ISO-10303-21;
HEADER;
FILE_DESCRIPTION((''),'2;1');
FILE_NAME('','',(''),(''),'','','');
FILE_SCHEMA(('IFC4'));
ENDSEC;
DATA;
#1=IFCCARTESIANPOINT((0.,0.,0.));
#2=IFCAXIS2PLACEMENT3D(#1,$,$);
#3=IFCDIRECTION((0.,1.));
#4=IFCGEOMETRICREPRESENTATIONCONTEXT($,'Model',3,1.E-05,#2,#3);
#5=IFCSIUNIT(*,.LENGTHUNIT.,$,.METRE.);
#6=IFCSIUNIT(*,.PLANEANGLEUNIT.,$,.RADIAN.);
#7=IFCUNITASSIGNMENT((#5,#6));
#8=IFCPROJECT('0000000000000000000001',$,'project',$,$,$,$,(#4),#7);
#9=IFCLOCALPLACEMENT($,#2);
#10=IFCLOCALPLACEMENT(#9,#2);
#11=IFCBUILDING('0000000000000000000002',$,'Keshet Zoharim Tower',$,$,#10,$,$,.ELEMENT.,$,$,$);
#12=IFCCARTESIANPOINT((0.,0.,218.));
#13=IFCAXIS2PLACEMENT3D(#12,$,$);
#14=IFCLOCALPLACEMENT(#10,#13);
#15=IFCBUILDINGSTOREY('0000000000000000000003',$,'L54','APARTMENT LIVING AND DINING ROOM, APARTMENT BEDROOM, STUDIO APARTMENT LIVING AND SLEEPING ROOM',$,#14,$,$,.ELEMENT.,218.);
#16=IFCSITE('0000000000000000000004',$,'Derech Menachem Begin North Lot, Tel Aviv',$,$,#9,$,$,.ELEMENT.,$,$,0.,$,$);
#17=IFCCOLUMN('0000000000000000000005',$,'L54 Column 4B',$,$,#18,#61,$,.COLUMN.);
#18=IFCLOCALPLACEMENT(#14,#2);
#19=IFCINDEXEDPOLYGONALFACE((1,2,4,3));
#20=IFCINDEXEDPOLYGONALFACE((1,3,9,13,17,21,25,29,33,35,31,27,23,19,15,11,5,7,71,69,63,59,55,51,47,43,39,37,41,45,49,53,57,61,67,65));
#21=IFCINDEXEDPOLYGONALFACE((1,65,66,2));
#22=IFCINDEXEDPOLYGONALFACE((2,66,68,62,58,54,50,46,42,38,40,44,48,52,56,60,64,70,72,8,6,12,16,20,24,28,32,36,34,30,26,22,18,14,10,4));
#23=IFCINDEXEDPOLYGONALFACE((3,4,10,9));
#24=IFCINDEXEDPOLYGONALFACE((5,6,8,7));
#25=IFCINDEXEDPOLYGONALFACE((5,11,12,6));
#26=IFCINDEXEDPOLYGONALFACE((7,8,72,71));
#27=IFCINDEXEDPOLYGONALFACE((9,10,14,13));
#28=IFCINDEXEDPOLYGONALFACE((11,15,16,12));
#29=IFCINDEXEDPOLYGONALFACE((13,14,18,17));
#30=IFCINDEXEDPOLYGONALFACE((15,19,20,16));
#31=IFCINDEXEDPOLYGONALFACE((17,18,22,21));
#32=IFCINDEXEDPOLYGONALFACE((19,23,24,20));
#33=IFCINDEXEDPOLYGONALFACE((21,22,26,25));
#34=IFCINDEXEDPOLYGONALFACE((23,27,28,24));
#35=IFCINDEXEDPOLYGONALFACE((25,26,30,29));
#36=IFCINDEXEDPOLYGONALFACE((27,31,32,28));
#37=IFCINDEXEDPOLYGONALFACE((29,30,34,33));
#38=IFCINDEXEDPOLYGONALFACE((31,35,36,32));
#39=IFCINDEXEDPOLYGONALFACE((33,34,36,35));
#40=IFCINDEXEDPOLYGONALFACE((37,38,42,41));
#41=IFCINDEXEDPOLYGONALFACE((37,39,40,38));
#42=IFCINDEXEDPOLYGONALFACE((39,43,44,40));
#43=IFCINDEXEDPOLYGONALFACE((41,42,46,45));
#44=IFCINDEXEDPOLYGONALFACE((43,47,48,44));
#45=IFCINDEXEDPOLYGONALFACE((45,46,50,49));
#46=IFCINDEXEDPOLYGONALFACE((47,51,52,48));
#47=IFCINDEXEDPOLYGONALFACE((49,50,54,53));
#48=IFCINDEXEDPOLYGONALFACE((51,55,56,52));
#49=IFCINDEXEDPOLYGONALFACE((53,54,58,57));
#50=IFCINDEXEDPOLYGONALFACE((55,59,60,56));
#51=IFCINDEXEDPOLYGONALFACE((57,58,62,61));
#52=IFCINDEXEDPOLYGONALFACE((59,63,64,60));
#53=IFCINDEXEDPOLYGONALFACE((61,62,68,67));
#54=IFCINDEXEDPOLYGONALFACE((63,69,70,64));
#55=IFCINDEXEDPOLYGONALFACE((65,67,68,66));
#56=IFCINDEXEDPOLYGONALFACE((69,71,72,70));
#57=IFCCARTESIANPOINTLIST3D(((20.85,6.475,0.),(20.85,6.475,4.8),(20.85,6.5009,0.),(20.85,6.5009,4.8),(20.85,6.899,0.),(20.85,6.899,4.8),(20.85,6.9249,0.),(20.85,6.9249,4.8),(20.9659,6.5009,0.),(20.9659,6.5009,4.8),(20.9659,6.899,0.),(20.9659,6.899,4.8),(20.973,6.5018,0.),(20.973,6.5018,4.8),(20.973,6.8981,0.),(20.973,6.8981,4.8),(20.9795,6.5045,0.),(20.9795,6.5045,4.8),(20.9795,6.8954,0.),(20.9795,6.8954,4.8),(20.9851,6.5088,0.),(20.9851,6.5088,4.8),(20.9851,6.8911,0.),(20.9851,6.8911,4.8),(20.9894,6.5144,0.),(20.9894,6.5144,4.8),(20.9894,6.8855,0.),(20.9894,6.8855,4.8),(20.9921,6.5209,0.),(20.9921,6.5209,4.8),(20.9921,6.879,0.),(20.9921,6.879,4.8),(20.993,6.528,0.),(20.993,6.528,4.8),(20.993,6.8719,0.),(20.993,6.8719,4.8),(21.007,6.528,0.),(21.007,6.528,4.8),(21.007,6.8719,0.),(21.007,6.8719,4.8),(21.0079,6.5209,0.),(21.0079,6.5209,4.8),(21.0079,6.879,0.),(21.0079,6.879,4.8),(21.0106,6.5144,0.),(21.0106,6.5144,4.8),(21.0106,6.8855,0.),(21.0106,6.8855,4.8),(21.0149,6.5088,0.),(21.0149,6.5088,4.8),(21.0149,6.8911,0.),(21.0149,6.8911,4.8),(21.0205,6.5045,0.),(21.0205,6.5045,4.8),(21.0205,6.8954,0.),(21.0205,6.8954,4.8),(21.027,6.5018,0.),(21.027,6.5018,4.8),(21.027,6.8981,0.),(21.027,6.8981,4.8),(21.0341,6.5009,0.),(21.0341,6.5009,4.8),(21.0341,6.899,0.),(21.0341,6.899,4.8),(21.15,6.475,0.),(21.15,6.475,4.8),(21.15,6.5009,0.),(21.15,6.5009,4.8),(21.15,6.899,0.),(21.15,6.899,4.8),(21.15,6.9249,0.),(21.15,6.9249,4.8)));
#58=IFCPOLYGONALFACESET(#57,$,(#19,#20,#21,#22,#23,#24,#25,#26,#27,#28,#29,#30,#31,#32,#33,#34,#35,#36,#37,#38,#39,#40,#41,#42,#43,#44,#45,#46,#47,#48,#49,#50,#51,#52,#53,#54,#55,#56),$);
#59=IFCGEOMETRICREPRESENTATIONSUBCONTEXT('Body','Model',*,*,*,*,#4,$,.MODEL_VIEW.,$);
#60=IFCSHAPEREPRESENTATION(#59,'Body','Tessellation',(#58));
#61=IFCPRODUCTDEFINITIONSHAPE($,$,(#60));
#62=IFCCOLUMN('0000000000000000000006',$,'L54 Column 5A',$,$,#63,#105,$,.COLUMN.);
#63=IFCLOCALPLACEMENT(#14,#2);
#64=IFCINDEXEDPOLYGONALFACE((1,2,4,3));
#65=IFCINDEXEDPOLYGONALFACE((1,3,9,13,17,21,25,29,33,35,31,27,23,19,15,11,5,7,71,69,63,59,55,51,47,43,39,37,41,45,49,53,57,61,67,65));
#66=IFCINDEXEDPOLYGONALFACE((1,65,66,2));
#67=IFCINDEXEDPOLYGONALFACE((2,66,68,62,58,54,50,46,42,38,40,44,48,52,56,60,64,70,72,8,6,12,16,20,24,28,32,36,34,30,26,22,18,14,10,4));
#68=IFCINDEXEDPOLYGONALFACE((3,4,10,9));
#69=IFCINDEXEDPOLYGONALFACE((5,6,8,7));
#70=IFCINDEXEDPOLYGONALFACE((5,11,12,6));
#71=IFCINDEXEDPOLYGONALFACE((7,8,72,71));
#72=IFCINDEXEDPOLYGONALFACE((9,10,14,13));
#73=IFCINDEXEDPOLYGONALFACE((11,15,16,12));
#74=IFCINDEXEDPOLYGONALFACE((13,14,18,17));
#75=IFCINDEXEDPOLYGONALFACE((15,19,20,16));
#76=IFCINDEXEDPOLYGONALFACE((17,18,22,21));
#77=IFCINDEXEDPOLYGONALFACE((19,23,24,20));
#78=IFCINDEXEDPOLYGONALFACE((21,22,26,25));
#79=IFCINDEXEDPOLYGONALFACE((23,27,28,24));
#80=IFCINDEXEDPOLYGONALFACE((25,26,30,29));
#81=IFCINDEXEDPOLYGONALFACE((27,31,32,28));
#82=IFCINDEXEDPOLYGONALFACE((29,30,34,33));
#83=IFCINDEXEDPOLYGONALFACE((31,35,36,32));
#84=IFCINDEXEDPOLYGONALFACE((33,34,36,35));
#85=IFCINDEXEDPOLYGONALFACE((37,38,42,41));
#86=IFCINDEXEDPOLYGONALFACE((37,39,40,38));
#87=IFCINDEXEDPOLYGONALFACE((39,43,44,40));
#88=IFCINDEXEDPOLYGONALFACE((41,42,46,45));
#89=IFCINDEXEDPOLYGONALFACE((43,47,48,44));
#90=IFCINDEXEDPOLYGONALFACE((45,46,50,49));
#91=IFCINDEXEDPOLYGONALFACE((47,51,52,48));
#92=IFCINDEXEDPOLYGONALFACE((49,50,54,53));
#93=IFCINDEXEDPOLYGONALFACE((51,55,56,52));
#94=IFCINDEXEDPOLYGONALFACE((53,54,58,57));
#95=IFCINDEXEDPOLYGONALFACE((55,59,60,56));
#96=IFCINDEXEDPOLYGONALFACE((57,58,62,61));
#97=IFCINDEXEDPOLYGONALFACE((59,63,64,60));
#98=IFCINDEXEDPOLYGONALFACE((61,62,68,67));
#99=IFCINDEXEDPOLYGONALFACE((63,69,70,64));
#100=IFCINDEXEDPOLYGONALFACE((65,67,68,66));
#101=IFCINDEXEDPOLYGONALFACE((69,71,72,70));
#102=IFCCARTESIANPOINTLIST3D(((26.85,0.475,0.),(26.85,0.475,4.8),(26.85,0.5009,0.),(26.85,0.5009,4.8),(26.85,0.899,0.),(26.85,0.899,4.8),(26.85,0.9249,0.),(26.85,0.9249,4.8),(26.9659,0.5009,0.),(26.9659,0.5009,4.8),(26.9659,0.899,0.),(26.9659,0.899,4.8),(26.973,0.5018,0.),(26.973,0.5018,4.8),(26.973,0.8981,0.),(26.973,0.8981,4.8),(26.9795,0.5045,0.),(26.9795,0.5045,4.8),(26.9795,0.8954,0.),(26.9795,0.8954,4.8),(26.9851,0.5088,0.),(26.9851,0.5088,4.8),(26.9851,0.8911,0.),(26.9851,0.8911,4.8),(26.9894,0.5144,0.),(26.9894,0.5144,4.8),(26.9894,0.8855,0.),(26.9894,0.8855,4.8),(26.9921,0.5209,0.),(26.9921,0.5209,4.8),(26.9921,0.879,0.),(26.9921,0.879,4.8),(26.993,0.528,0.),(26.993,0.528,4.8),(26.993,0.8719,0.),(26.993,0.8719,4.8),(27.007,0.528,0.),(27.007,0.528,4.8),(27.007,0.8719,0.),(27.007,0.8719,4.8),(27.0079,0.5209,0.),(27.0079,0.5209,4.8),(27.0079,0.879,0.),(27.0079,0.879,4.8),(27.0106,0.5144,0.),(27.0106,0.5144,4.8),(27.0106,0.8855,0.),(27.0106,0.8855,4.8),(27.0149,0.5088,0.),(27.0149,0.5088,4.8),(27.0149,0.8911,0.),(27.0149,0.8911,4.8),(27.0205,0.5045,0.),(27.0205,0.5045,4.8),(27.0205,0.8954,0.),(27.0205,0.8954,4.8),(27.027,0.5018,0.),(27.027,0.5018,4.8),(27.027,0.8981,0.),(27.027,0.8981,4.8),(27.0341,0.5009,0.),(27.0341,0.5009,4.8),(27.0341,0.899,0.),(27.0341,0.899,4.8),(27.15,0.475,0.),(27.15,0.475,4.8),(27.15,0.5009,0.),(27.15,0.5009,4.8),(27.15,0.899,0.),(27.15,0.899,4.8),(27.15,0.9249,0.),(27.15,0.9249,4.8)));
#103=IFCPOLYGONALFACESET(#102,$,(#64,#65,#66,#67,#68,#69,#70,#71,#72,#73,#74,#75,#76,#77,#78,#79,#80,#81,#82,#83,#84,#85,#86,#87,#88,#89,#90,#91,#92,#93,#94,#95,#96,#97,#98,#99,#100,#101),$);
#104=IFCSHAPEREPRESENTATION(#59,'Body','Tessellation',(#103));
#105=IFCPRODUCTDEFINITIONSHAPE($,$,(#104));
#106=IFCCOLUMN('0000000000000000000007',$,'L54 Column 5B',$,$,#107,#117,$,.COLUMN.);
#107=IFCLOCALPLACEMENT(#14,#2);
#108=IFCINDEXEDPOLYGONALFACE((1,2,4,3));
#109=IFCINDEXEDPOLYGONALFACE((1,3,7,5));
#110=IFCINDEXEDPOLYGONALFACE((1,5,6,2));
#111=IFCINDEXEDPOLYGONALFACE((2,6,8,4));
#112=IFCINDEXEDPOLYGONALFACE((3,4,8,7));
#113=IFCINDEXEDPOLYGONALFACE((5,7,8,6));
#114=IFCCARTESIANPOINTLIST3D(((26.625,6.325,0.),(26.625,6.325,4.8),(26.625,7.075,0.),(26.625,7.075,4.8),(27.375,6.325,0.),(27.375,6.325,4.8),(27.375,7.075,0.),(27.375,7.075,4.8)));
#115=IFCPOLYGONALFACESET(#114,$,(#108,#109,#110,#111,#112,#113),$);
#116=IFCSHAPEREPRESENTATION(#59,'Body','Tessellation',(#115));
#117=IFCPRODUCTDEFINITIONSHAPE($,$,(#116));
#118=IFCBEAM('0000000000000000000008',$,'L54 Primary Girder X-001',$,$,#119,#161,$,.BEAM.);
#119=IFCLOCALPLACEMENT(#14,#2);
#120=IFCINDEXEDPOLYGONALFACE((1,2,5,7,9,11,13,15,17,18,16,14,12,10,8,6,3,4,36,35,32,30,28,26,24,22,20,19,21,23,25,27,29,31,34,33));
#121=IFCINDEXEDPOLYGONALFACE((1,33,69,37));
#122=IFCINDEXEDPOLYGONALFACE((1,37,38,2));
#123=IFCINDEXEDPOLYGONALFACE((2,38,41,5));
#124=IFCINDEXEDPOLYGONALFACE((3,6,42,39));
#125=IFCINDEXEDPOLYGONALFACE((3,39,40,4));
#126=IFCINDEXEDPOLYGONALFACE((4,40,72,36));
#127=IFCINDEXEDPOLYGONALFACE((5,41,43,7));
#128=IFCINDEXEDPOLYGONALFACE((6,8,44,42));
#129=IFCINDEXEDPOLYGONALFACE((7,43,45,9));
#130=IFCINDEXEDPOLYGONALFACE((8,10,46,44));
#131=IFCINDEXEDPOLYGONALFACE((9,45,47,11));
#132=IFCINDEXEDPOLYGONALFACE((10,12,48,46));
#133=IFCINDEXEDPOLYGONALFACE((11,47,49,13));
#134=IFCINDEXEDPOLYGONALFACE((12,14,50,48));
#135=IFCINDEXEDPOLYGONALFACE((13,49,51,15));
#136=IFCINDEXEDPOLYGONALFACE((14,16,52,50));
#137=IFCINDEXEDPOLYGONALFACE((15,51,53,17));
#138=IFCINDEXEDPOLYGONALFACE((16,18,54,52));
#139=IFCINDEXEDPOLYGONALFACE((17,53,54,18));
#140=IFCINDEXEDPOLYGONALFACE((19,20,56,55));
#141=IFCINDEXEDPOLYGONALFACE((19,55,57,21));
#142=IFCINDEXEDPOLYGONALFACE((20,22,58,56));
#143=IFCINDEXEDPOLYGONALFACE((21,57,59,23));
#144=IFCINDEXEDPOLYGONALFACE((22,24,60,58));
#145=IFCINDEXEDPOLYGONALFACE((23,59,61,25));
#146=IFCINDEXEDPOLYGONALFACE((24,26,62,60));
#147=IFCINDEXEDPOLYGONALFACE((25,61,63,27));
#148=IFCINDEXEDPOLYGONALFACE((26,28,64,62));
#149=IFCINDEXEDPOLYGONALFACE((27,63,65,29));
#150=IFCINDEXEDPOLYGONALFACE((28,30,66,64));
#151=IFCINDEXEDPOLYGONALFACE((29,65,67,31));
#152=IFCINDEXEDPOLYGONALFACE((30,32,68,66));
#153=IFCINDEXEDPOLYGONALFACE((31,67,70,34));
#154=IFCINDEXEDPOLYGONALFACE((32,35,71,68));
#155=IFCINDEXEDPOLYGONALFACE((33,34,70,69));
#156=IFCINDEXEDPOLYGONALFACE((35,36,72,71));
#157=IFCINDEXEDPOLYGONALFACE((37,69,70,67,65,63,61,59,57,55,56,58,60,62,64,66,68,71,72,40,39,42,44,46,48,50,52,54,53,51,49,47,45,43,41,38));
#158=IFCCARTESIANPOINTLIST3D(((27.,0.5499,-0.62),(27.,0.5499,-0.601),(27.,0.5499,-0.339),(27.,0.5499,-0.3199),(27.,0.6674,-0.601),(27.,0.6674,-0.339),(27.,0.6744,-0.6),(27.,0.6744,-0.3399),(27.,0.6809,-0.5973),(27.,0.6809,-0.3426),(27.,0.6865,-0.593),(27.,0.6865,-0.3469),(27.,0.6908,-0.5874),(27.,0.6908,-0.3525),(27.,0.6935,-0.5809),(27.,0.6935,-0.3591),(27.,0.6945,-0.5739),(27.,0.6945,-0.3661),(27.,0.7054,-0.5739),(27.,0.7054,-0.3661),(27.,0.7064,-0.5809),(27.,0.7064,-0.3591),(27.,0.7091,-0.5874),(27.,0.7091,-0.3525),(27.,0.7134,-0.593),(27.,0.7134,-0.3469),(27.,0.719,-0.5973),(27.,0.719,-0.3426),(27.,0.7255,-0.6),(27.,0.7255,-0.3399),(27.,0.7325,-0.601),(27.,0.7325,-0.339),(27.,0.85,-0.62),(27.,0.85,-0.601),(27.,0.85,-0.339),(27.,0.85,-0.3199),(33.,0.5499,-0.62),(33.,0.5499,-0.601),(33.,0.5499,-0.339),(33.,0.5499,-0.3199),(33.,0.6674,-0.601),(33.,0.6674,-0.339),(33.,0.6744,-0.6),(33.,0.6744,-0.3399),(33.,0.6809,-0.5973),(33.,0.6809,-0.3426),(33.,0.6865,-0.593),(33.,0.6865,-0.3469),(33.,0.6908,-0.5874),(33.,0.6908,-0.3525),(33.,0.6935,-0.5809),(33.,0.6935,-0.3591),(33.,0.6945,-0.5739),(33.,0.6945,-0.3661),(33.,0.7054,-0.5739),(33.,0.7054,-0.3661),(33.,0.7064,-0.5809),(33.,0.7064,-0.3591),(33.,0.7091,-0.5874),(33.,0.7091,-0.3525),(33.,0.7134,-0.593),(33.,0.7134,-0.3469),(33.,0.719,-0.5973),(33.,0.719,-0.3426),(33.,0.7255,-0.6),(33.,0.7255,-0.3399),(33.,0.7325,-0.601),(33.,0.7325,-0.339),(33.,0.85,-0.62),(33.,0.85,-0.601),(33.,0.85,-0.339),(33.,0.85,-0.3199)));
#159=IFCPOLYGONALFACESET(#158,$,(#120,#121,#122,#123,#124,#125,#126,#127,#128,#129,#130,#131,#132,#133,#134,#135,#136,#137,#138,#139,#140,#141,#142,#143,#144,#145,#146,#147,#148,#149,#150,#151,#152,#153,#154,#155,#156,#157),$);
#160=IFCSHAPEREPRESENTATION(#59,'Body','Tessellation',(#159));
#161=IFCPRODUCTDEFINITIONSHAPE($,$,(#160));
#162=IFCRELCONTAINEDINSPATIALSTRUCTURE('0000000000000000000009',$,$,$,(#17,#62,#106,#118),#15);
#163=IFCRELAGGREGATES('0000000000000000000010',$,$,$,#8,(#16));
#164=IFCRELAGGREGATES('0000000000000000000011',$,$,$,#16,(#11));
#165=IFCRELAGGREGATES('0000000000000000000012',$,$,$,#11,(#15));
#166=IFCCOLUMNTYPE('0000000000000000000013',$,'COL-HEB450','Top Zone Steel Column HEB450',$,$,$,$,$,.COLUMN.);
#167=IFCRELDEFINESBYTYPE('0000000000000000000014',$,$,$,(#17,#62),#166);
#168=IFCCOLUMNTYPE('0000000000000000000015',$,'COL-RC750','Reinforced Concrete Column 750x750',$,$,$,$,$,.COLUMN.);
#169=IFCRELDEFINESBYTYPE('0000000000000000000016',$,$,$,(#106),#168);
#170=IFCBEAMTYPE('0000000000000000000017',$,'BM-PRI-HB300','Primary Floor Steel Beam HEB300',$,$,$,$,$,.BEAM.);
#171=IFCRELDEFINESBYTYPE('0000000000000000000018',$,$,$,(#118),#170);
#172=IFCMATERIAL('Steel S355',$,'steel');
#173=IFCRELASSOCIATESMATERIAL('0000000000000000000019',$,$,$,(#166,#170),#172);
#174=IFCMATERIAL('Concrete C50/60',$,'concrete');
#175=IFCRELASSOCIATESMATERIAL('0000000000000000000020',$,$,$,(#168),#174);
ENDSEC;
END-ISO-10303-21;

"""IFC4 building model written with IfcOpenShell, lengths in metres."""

from ifc_helpers import new_model, si_unit, direction, frame, origin, origin_2d, place, context, subcontext, project, spatial, rectangle, i_section, extrude, material, material_profile, profile_set, type_object, element, save


model = new_model("IFC4")

# Units and contexts
model_context = context("Model", 3, precision=1e-05, world=origin(), true_north=direction((0.0, 1.0)))
body_context = subcontext(model_context, "Body", "Model", "MODEL_VIEW")
ifc_project = project(units=[si_unit("LENGTHUNIT", "METRE"), si_unit("PLANEANGLEUNIT", "RADIAN")], contexts=[model_context])

# Site, building, storey
site_placement = place(None, origin())
site = spatial("IfcSite", under=ifc_project, at=site_placement, Name="Derech Menachem Begin North Lot, Tel Aviv", CompositionType="ELEMENT", RefElevation=0.0)
building_placement = place(site_placement, origin())
building = spatial("IfcBuilding", under=site, at=building_placement, Name="Keshet Zoharim Tower", CompositionType="ELEMENT")
storey_placement = place(building_placement, frame((0.0, 0.0, 218.0)))
storey = spatial("IfcBuildingStorey", under=building, at=storey_placement, Name="L54", Description="APARTMENT LIVING AND DINING ROOM, APARTMENT BEDROOM, STUDIO APARTMENT LIVING AND SLEEPING ROOM", CompositionType="ELEMENT", Elevation=218.0)

# Columns
ifc_material_1 = material(Name="Steel S355", Category="steel")
ifc_material_profile_1 = material_profile(ifc_material_1, i_section(OverallWidth=0.3, OverallDepth=0.45, WebThickness=0.0139, FlangeThickness=0.0259, FilletRadius=0.0271, at=origin_2d()), Name="HEB450")
ifc_profile_set_1 = profile_set([ifc_material_profile_1], Name="Steel S355")
column_type_1 = type_object("IfcColumnType", Name="COL-HEB450", Description="Top Zone Steel Column HEB450", PredefinedType="COLUMN", material=ifc_profile_set_1)
for number, where, z_axis, x_axis, name in (
    (1, (21.0, 6.7, 0.0), (0.0, 0.0, 1.0), (1.0, 0.0, 0.0), "L54 Column 4B"),
    (2, (27.0, 0.7, 0.0), (0.0, 0.0, 1.0), (1.0, 0.0, 0.0), "L54 Column 5A"),
):
    element("IfcColumn", number, at=place(storey_placement, frame(where, z_axis=z_axis, x_axis=x_axis)), inside=storey, type_object=column_type_1, Name=name, PredefinedType="COLUMN", context=body_context, shape_type="SweptSolid", body=[
        extrude(i_section(OverallWidth=0.3, OverallDepth=0.45, WebThickness=0.0139, FlangeThickness=0.0259, FilletRadius=0.0271, at=origin_2d()), origin(), (0.0, 0.0, 1.0), 4.8),
    ])
ifc_material_2 = material(Name="Concrete C50/60", Category="concrete")
ifc_material_profile_2 = material_profile(ifc_material_2, rectangle(XDim=0.75, YDim=0.75, at=origin_2d()), Name="RC750x750")
ifc_profile_set_2 = profile_set([ifc_material_profile_2], Name="Concrete C50/60")
column_type_2 = type_object("IfcColumnType", Name="COL-RC750", Description="Reinforced Concrete Column 750x750", PredefinedType="COLUMN", material=ifc_profile_set_2)
column_placement = place(storey_placement, frame((27.0, 6.7, 0.0), z_axis=(0.0, 0.0, 1.0), x_axis=(1.0, 0.0, 0.0)))
element("IfcColumn", 3, at=column_placement, inside=storey, type_object=column_type_2, Name="L54 Column 5B", PredefinedType="COLUMN", context=body_context, shape_type="SweptSolid", body=[
    extrude(rectangle(XDim=0.75, YDim=0.75, at=origin_2d()), origin(), (0.0, 0.0, 1.0), 4.8),
])

# Beam
ifc_material_profile_3 = material_profile(ifc_material_1, i_section(OverallWidth=0.3, OverallDepth=0.3, WebThickness=0.011, FlangeThickness=0.019, FilletRadius=0.0271, at=origin_2d()), Name="HEB300")
ifc_profile_set_3 = profile_set([ifc_material_profile_3], Name="Steel S355")
beam_type_1 = type_object("IfcBeamType", Name="BM-PRI-HB300", Description="Primary Floor Steel Beam HEB300", PredefinedType="BEAM", material=ifc_profile_set_3)
for number, where, z_axis, x_axis, name in (
    (4, (27.0, 0.7, -0.47), (1.0, 0.0, 0.0), (0.0, 1.0, 0.0), "L54 Primary Girder X-001"),
):
    element("IfcBeam", number, at=place(storey_placement, frame(where, z_axis=z_axis, x_axis=x_axis)), inside=storey, type_object=beam_type_1, Name=name, PredefinedType="BEAM", context=body_context, shape_type="SweptSolid", body=[
        extrude(i_section(OverallWidth=0.3, OverallDepth=0.3, WebThickness=0.011, FlangeThickness=0.019, FilletRadius=0.0271, at=origin_2d()), origin(), (0.0, 0.0, 1.0), 6.0),
    ])

save(model, "model.ifc")
